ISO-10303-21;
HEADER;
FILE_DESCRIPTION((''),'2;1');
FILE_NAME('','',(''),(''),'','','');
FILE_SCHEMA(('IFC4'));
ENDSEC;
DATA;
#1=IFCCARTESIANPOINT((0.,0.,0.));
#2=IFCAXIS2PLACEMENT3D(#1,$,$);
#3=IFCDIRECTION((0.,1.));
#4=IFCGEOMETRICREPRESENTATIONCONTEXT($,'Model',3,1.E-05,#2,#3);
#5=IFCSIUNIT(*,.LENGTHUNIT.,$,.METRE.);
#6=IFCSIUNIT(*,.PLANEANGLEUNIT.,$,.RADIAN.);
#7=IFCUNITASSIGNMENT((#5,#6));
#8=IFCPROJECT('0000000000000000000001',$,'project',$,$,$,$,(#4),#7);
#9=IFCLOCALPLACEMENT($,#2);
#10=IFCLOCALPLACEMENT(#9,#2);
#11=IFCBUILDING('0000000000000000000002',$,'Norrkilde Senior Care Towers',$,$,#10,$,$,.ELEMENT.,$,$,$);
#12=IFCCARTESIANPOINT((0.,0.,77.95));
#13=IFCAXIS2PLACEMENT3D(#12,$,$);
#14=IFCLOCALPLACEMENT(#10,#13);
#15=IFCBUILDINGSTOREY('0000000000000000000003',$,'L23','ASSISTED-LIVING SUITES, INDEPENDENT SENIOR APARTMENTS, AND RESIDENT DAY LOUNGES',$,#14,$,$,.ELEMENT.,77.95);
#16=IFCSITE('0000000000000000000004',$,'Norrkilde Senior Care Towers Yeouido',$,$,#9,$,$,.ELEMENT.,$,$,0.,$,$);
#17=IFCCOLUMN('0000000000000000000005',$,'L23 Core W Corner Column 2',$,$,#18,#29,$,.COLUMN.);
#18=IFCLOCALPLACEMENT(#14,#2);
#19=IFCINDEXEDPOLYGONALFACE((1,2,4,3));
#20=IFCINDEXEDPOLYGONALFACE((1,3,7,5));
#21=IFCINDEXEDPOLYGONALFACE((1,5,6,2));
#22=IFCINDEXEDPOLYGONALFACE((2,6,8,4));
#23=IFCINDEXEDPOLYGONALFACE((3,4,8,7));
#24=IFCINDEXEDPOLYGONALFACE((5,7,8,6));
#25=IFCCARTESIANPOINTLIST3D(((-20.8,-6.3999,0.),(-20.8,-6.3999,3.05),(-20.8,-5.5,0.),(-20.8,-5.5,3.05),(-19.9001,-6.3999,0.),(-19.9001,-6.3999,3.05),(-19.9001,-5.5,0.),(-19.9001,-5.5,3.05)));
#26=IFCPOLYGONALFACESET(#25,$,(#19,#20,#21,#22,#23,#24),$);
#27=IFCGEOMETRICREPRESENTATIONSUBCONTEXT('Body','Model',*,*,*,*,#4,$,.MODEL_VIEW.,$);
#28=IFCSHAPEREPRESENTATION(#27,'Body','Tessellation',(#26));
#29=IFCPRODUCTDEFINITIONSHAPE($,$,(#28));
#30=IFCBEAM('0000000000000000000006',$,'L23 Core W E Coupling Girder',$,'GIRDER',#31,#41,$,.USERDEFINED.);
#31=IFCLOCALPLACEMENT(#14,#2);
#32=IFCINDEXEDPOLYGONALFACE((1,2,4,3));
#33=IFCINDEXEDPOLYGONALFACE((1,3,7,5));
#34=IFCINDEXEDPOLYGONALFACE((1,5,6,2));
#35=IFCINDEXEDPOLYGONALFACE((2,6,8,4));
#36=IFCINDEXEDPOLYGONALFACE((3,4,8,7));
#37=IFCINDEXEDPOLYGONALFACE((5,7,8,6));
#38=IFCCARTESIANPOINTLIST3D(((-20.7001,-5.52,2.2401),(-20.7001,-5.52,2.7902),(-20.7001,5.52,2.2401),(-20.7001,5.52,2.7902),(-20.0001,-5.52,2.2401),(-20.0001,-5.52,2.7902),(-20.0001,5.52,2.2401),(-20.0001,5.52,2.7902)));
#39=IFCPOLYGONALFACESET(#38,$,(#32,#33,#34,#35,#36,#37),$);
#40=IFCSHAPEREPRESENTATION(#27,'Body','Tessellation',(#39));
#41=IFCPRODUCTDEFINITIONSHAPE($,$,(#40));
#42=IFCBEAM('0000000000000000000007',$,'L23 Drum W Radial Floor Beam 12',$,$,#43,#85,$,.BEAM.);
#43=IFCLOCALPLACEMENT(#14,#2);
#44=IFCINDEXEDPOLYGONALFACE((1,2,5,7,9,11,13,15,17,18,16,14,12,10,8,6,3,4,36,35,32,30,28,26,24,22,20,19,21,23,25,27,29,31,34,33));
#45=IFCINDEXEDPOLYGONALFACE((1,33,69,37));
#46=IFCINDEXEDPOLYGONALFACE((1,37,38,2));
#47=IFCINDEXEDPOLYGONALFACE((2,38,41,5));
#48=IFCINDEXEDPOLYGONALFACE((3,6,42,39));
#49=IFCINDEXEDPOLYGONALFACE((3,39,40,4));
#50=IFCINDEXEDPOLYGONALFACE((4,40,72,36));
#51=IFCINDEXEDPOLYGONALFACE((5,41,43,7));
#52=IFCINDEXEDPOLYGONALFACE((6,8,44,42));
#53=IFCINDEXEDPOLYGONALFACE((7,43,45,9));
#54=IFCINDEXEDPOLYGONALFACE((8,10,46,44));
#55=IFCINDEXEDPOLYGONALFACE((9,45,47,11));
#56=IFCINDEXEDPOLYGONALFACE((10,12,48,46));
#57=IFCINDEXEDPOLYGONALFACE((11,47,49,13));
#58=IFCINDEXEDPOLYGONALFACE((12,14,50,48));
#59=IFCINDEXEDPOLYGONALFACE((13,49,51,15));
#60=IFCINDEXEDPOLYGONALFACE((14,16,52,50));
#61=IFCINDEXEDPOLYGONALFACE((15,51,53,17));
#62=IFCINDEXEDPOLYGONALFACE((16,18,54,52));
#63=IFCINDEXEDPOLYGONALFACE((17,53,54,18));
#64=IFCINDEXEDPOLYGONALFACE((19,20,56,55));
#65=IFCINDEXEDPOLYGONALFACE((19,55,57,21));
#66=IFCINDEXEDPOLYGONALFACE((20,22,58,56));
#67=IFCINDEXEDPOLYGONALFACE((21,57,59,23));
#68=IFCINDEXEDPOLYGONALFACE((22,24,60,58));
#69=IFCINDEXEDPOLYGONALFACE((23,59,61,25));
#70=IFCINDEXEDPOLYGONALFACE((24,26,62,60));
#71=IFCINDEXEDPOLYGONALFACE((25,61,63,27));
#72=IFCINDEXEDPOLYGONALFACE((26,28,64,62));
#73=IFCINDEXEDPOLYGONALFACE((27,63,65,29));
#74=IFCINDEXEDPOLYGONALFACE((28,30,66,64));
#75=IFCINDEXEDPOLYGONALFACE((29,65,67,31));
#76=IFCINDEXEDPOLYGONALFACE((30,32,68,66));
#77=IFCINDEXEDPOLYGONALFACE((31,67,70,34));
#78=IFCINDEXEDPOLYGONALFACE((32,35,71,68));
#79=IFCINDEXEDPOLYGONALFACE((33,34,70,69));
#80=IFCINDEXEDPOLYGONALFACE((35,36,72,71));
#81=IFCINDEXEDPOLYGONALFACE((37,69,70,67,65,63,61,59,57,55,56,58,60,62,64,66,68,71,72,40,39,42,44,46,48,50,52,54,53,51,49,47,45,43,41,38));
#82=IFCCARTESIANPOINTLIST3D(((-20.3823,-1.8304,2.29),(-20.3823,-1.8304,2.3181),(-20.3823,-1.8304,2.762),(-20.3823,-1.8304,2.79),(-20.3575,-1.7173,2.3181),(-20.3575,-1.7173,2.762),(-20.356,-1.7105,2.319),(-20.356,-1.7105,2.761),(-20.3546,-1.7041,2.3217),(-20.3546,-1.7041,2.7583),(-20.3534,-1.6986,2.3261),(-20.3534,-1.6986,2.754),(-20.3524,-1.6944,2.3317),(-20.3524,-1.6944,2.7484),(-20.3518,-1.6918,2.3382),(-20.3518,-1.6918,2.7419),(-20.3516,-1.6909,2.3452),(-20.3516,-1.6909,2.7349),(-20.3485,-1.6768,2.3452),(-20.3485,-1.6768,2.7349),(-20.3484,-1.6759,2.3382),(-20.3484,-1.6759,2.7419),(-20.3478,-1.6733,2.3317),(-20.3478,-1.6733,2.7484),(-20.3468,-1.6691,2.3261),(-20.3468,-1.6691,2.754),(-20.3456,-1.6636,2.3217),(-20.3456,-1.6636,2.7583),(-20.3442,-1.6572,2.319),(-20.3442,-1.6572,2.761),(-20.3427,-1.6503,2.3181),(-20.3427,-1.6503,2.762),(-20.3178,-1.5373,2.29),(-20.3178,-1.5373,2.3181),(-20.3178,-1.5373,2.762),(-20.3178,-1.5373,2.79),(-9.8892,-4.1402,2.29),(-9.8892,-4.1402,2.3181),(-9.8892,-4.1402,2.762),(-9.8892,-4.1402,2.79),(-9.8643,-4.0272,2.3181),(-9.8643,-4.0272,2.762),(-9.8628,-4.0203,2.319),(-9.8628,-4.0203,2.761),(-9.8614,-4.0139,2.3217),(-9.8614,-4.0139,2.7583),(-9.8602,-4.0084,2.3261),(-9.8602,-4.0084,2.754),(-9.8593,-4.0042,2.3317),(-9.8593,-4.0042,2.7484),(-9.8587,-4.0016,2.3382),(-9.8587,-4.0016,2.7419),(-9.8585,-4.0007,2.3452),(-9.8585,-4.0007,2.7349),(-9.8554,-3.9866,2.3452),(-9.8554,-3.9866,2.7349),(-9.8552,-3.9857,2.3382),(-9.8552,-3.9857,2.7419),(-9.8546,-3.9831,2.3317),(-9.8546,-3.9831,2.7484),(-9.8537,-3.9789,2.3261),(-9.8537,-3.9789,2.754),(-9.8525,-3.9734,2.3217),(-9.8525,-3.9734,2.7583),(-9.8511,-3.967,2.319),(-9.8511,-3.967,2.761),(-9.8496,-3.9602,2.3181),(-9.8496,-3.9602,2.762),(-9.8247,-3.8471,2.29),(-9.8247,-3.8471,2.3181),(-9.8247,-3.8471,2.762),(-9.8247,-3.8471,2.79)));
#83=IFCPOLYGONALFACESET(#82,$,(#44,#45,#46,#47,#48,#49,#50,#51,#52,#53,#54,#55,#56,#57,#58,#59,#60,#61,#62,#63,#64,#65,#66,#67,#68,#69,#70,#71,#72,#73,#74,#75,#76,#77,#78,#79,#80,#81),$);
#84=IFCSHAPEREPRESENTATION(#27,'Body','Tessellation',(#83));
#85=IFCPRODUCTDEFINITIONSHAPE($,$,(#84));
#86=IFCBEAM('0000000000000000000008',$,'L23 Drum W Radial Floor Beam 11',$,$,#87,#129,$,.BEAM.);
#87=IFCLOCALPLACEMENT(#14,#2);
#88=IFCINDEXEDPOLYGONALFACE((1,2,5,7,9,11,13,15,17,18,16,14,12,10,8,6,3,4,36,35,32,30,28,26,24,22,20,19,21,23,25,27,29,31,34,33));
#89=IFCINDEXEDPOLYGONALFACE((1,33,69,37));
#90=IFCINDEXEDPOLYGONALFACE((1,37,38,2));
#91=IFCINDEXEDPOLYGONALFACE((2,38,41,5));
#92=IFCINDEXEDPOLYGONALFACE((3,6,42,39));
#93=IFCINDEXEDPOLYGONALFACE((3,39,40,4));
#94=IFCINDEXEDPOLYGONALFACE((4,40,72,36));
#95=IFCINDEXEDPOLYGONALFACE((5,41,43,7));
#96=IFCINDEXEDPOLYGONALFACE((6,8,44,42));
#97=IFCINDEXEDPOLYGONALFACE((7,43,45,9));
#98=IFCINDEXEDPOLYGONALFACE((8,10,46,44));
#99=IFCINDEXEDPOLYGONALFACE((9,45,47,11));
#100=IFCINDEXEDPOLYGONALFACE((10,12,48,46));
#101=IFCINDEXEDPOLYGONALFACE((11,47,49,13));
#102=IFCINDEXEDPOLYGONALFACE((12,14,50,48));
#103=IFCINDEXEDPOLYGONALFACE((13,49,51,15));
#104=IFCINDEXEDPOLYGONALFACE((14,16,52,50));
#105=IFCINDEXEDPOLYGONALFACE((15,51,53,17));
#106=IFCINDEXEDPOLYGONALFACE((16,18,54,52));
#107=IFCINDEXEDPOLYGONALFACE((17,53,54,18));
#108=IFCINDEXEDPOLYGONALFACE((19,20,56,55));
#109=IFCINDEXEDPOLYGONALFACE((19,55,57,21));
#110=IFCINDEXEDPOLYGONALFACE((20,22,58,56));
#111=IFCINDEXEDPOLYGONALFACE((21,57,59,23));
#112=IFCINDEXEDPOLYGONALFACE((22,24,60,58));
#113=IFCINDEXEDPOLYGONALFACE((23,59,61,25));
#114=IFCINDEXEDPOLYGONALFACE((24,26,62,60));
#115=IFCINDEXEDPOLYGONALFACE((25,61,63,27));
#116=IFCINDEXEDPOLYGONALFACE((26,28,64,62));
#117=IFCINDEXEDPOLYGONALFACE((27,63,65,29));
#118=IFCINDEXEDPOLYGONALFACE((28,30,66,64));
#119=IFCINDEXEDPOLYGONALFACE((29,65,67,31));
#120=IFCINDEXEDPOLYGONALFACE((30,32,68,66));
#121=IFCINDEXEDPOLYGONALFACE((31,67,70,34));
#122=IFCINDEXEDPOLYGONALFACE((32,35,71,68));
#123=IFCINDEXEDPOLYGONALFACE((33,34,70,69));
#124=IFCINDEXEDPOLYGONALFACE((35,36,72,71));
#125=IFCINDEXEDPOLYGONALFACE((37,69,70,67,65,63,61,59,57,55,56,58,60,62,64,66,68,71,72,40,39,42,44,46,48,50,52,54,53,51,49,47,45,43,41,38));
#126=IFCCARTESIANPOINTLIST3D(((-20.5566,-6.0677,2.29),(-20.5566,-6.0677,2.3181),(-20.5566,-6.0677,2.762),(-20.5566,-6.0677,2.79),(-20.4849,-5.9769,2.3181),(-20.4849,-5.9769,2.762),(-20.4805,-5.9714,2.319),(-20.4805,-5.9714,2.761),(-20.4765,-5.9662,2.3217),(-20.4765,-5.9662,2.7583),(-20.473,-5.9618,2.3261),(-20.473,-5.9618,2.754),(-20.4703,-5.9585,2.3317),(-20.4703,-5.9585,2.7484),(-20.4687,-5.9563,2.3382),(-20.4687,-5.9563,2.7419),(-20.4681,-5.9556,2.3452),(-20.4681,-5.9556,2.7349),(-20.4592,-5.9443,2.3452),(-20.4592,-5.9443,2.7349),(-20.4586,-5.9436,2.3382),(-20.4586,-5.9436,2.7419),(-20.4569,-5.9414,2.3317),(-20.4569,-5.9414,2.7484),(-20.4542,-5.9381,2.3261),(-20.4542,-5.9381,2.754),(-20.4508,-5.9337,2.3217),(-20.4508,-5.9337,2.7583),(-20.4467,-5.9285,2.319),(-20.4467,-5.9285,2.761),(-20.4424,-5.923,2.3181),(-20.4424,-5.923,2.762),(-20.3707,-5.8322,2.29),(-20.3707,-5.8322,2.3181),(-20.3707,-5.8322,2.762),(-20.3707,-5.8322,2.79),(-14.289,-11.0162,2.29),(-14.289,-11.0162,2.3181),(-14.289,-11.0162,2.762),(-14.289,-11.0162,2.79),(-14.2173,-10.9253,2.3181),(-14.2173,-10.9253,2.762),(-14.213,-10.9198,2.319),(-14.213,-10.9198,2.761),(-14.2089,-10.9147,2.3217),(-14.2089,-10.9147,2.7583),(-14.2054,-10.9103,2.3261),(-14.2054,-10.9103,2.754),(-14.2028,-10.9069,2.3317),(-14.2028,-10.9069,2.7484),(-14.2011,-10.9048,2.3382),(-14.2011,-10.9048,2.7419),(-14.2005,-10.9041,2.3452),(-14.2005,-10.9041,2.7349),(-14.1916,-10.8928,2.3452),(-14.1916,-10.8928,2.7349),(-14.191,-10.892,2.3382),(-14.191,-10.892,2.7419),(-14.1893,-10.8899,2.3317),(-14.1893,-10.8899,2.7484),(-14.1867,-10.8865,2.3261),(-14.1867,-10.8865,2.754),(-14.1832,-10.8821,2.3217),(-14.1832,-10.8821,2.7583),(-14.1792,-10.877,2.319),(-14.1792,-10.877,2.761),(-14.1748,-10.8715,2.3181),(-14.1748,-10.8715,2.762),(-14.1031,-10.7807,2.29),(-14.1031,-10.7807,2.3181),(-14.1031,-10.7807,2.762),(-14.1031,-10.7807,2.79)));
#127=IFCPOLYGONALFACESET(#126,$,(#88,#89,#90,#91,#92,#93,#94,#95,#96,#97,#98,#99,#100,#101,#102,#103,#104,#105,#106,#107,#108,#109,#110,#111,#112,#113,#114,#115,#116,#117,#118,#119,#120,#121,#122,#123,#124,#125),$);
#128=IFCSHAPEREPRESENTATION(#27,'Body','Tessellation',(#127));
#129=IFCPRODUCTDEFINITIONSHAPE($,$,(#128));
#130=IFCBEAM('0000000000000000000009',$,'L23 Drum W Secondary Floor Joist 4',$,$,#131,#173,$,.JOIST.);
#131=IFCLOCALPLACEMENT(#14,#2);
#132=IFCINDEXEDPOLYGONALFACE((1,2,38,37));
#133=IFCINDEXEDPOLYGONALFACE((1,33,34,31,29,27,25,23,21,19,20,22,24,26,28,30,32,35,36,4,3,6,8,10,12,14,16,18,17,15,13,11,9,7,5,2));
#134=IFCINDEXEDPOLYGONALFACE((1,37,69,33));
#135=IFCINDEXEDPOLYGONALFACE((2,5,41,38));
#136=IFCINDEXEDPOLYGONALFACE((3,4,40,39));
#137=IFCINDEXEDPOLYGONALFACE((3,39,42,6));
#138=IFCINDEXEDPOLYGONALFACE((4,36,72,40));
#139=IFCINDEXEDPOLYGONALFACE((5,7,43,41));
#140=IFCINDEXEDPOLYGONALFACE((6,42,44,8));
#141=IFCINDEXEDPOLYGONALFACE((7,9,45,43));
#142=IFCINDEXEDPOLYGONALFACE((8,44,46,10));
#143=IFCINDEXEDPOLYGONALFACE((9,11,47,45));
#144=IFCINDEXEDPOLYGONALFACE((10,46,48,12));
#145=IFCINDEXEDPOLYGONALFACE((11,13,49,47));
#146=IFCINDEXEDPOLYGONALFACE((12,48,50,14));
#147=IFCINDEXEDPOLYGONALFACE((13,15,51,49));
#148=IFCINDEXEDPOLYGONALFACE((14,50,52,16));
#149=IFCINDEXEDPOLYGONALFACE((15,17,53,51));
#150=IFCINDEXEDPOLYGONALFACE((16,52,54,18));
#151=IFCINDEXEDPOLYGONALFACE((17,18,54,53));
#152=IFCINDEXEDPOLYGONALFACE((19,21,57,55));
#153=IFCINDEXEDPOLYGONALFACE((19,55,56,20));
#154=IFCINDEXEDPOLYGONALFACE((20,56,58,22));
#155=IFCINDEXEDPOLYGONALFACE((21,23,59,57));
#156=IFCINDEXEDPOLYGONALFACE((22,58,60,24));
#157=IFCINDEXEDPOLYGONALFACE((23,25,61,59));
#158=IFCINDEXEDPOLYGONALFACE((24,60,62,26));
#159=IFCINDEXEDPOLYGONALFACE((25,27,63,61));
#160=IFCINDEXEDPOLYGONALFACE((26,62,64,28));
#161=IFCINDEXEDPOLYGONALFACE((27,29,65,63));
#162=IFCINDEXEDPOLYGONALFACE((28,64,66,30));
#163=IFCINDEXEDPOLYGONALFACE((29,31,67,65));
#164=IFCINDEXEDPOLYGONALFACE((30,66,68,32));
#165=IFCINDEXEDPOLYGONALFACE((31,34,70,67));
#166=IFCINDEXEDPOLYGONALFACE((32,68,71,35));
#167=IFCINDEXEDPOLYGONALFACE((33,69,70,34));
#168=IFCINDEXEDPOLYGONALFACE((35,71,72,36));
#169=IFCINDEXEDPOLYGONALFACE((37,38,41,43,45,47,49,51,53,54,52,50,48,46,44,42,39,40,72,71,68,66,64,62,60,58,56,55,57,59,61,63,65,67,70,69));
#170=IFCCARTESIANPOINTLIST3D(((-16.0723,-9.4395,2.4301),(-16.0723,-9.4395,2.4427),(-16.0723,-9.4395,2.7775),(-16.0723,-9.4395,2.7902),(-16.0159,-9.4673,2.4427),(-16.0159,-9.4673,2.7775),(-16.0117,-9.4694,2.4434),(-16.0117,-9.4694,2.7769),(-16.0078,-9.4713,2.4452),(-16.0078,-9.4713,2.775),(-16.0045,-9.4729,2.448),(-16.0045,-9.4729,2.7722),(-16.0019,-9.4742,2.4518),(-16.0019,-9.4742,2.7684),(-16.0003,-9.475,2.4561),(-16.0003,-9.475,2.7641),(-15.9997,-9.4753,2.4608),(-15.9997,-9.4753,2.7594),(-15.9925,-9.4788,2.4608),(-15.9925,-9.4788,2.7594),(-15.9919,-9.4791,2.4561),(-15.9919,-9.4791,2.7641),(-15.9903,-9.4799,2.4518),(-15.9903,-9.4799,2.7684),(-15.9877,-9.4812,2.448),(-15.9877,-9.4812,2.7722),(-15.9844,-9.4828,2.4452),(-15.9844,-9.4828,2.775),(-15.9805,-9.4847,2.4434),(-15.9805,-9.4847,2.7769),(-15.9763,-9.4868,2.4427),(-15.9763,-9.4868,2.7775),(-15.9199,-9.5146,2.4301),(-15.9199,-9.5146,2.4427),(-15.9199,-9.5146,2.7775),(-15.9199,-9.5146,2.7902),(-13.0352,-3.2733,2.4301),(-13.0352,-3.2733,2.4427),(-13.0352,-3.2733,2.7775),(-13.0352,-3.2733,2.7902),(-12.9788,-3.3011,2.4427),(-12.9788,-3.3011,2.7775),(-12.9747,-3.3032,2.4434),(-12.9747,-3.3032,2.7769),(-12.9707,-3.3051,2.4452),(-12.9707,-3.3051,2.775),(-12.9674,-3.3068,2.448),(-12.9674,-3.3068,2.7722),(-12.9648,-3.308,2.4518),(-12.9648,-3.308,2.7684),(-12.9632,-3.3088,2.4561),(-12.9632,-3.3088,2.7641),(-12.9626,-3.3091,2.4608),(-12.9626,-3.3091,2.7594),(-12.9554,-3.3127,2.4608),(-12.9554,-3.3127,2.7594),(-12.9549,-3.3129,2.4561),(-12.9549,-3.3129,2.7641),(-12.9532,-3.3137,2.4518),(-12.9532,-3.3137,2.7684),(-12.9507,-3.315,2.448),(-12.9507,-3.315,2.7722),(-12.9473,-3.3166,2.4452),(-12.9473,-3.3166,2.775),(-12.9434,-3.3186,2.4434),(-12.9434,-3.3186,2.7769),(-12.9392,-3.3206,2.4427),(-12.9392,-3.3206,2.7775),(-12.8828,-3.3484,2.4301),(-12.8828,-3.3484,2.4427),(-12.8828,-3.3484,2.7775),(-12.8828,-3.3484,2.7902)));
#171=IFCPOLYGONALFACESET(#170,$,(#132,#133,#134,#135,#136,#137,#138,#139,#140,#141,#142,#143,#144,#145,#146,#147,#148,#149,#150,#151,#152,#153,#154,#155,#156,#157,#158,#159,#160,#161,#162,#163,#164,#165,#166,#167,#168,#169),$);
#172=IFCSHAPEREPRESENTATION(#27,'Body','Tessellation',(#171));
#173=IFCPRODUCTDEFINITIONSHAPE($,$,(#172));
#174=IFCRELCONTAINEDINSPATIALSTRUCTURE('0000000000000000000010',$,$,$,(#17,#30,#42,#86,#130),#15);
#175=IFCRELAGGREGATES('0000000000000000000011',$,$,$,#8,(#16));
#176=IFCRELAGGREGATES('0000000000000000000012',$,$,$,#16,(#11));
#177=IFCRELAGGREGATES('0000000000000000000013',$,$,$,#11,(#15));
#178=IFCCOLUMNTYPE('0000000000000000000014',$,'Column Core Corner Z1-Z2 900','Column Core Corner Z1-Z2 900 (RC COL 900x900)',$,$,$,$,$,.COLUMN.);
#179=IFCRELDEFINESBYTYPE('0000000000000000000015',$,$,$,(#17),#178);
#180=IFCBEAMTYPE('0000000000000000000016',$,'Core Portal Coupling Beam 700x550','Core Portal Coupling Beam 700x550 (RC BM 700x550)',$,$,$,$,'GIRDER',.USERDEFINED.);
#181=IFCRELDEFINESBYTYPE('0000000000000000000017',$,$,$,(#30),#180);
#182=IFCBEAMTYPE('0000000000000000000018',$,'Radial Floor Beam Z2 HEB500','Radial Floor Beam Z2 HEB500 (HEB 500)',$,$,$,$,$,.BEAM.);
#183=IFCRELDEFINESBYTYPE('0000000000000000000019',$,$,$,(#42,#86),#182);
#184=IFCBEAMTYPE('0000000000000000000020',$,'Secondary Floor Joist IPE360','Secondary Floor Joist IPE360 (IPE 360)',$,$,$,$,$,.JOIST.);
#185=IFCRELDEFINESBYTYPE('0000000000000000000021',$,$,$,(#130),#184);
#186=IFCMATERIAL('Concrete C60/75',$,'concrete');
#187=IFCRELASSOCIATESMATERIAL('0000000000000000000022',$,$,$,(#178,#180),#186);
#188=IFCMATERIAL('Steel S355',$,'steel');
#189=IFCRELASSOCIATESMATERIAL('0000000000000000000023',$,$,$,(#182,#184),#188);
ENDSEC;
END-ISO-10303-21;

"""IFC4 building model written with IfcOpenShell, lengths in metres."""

from ifc_helpers import new_model, si_unit, direction, frame, origin, origin_2d, place, context, subcontext, project, spatial, rectangle, i_section, extrude, source, transform, mapped, material, material_profile, profile_set, type_object, type_shapes, element, save


model = new_model("IFC4")

# Units and contexts
model_context = context("Model", 3, precision=1e-05, world=origin(), true_north=direction((0.0, 1.0)))
body_context = subcontext(model_context, "Body", "Model", "MODEL_VIEW")
ifc_project = project(units=[si_unit("LENGTHUNIT", "METRE"), si_unit("PLANEANGLEUNIT", "RADIAN")], contexts=[model_context])

# Site, building, storey
site_placement = place(None, origin())
site = spatial("IfcSite", under=ifc_project, at=site_placement, Name="Norrkilde Senior Care Towers Yeouido", CompositionType="ELEMENT", RefElevation=0.0)
building_placement = place(site_placement, origin())
building = spatial("IfcBuilding", under=site, at=building_placement, Name="Norrkilde Senior Care Towers", CompositionType="ELEMENT")
storey_placement = place(building_placement, frame((0.0, 0.0, 77.95)))
storey = spatial("IfcBuildingStorey", under=building, at=storey_placement, Name="L23", Description="ASSISTED-LIVING SUITES, INDEPENDENT SENIOR APARTMENTS, AND RESIDENT DAY LOUNGES", CompositionType="ELEMENT", Elevation=77.95)

# Column
ifc_material_1 = material(Name="Concrete C60/75", Category="concrete")
ifc_material_profile_1 = material_profile(ifc_material_1, rectangle(XDim=0.8999, YDim=0.8999, at=origin_2d()), Name="RC COL 900x900")
ifc_profile_set_1 = profile_set([ifc_material_profile_1], Name="Concrete C60/75")
column_type = type_object("IfcColumnType", Name="Column Core Corner Z1-Z2 900", Description="Column Core Corner Z1-Z2 900 (RC COL 900x900)", PredefinedType="COLUMN", material=ifc_profile_set_1)
shared_shape_1 = source(origin(), body_context, "Body", "SweptSolid", [
    extrude(rectangle(XDim=0.8999, YDim=0.8999, at=origin_2d()), origin(), (0.0, 0.0, 1.0), 3.05),
])
type_shapes(column_type, [shared_shape_1])
column_placement = place(storey_placement, frame((-20.3501, -5.95, 0.0), z_axis=(0.0, 0.0, 1.0), x_axis=(1.0, 0.0, 0.0)))
element("IfcColumn", 1, at=column_placement, inside=storey, type_object=column_type, Name="L23 Core W Corner Column 2", PredefinedType="COLUMN", context=body_context, shape_type="MappedRepresentation", body=[
    mapped(shared_shape_1, transform((0.0, 0.0, 0.0), x_axis=(1.0, 0.0, 0.0), y_axis=(0.0, 1.0, 0.0), z_axis=(0.0, 0.0, 1.0), scale=1.0)),
])

# Beams
ifc_material_profile_2 = material_profile(ifc_material_1, rectangle(XDim=0.7, YDim=0.55, at=origin_2d()), Name="RC BM 700x550")
ifc_profile_set_2 = profile_set([ifc_material_profile_2], Name="Concrete C60/75")
beam_type_1 = type_object("IfcBeamType", Name="Core Portal Coupling Beam 700x550", Description="Core Portal Coupling Beam 700x550 (RC BM 700x550)", ElementType="GIRDER", PredefinedType="USERDEFINED", material=ifc_profile_set_2)
shared_shape_2 = source(origin(), body_context, "Body", "SweptSolid", [
    extrude(rectangle(XDim=0.7, YDim=0.55, at=origin_2d()), origin(), (0.0, 0.0, 1.0), 11.04),
])
type_shapes(beam_type_1, [shared_shape_2])
beam_1_placement = place(storey_placement, frame((-20.3501, -5.52, 2.5151), z_axis=(0.0, 1.0, 0.0), x_axis=(-1.0, 0.0, 0.0)))
element("IfcBeam", 2, at=beam_1_placement, inside=storey, type_object=beam_type_1, Name="L23 Core W E Coupling Girder", ObjectType="GIRDER", PredefinedType="USERDEFINED", context=body_context, shape_type="MappedRepresentation", body=[
    mapped(shared_shape_2, transform((0.0, 0.0, 0.0), x_axis=(1.0, 0.0, 0.0), y_axis=(0.0, 1.0, 0.0), z_axis=(0.0, 0.0, 1.0), scale=1.0)),
])
ifc_material_2 = material(Name="Steel S355", Category="steel")
ifc_material_profile_3 = material_profile(ifc_material_2, i_section(OverallWidth=0.3, OverallDepth=0.5, WebThickness=0.0144, FlangeThickness=0.0281, FilletRadius=0.0271, at=origin_2d()), Name="HEB 500")
ifc_profile_set_3 = profile_set([ifc_material_profile_3], Name="Steel S355")
beam_type_2 = type_object("IfcBeamType", Name="Radial Floor Beam Z2 HEB500", Description="Radial Floor Beam Z2 HEB500 (HEB 500)", PredefinedType="BEAM", material=ifc_profile_set_3)
shared_shape_3 = source(origin(), body_context, "Body", "SweptSolid", [
    extrude(i_section(OverallWidth=0.3, OverallDepth=0.5, WebThickness=0.0144, FlangeThickness=0.0281, FilletRadius=0.0271, at=origin_2d()), origin(), (0.0, 0.0, 1.0), 10.7444),
])
beam_2_placement = place(storey_placement, frame((-20.3501, -1.6838, 2.54), z_axis=(0.976619, -0.214979, 0.0), x_axis=(0.214979, 0.976619, 0.0)))
element("IfcBeam", 3, at=beam_2_placement, inside=storey, type_object=beam_type_2, Name="L23 Drum W Radial Floor Beam 12", PredefinedType="BEAM", context=body_context, shape_type="MappedRepresentation", body=[
    mapped(shared_shape_3, transform((0.0, 0.0, 0.0), x_axis=(1.0, 0.0, 0.0), y_axis=(0.0, 1.0, 0.0), z_axis=(0.0, 0.0, 1.0), scale=1.0)),
])
shared_shape_4 = source(origin(), body_context, "Body", "SweptSolid", [
    extrude(i_section(OverallWidth=0.3, OverallDepth=0.5, WebThickness=0.0144, FlangeThickness=0.0281, FilletRadius=0.0271, at=origin_2d()), origin(), (0.0, 0.0, 1.0), 7.9856),
])
type_shapes(beam_type_2, [shared_shape_3, shared_shape_4])
beam_3_placement = place(storey_placement, frame((-20.4636, -5.95, 2.54), z_axis=(0.784859, -0.619675, 0.0), x_axis=(0.619675, 0.784859, 0.0)))
element("IfcBeam", 4, at=beam_3_placement, inside=storey, type_object=beam_type_2, Name="L23 Drum W Radial Floor Beam 11", PredefinedType="BEAM", context=body_context, shape_type="MappedRepresentation", body=[
    mapped(shared_shape_4, transform((0.0, 0.0, 0.0), x_axis=(1.0, 0.0, 0.0), y_axis=(0.0, 1.0, 0.0), z_axis=(0.0, 0.0, 1.0), scale=1.0)),
])
ifc_material_profile_4 = material_profile(ifc_material_2, i_section(OverallWidth=0.1699, OverallDepth=0.3601, WebThickness=0.0081, FlangeThickness=0.0127, FilletRadius=0.0181, at=origin_2d()), Name="IPE 360")
ifc_profile_set_4 = profile_set([ifc_material_profile_4], Name="Steel S355")
beam_type_3 = type_object("IfcBeamType", Name="Secondary Floor Joist IPE360", Description="Secondary Floor Joist IPE360 (IPE 360)", PredefinedType="JOIST", material=ifc_profile_set_4)
shared_shape_5 = source(origin(), body_context, "Body", "SweptSolid", [
    extrude(i_section(OverallWidth=0.1699, OverallDepth=0.3601, WebThickness=0.0081, FlangeThickness=0.0127, FilletRadius=0.0181, at=origin_2d()), origin(), (0.0, 0.0, 1.0), 6.8735),
])
type_shapes(beam_type_3, [shared_shape_5])
beam_4_placement = place(storey_placement, frame((-15.9961, -9.4771, 2.6101), z_axis=(0.441849, 0.897089, 0.0), x_axis=(-0.897089, 0.441849, 0.0)))
element("IfcBeam", 5, at=beam_4_placement, inside=storey, type_object=beam_type_3, Name="L23 Drum W Secondary Floor Joist 4", PredefinedType="JOIST", context=body_context, shape_type="MappedRepresentation", body=[
    mapped(shared_shape_5, transform((0.0, 0.0, 0.0), x_axis=(1.0, 0.0, 0.0), y_axis=(0.0, 1.0, 0.0), z_axis=(0.0, 0.0, 1.0), scale=1.0)),
])

save(model, "model.ifc")
